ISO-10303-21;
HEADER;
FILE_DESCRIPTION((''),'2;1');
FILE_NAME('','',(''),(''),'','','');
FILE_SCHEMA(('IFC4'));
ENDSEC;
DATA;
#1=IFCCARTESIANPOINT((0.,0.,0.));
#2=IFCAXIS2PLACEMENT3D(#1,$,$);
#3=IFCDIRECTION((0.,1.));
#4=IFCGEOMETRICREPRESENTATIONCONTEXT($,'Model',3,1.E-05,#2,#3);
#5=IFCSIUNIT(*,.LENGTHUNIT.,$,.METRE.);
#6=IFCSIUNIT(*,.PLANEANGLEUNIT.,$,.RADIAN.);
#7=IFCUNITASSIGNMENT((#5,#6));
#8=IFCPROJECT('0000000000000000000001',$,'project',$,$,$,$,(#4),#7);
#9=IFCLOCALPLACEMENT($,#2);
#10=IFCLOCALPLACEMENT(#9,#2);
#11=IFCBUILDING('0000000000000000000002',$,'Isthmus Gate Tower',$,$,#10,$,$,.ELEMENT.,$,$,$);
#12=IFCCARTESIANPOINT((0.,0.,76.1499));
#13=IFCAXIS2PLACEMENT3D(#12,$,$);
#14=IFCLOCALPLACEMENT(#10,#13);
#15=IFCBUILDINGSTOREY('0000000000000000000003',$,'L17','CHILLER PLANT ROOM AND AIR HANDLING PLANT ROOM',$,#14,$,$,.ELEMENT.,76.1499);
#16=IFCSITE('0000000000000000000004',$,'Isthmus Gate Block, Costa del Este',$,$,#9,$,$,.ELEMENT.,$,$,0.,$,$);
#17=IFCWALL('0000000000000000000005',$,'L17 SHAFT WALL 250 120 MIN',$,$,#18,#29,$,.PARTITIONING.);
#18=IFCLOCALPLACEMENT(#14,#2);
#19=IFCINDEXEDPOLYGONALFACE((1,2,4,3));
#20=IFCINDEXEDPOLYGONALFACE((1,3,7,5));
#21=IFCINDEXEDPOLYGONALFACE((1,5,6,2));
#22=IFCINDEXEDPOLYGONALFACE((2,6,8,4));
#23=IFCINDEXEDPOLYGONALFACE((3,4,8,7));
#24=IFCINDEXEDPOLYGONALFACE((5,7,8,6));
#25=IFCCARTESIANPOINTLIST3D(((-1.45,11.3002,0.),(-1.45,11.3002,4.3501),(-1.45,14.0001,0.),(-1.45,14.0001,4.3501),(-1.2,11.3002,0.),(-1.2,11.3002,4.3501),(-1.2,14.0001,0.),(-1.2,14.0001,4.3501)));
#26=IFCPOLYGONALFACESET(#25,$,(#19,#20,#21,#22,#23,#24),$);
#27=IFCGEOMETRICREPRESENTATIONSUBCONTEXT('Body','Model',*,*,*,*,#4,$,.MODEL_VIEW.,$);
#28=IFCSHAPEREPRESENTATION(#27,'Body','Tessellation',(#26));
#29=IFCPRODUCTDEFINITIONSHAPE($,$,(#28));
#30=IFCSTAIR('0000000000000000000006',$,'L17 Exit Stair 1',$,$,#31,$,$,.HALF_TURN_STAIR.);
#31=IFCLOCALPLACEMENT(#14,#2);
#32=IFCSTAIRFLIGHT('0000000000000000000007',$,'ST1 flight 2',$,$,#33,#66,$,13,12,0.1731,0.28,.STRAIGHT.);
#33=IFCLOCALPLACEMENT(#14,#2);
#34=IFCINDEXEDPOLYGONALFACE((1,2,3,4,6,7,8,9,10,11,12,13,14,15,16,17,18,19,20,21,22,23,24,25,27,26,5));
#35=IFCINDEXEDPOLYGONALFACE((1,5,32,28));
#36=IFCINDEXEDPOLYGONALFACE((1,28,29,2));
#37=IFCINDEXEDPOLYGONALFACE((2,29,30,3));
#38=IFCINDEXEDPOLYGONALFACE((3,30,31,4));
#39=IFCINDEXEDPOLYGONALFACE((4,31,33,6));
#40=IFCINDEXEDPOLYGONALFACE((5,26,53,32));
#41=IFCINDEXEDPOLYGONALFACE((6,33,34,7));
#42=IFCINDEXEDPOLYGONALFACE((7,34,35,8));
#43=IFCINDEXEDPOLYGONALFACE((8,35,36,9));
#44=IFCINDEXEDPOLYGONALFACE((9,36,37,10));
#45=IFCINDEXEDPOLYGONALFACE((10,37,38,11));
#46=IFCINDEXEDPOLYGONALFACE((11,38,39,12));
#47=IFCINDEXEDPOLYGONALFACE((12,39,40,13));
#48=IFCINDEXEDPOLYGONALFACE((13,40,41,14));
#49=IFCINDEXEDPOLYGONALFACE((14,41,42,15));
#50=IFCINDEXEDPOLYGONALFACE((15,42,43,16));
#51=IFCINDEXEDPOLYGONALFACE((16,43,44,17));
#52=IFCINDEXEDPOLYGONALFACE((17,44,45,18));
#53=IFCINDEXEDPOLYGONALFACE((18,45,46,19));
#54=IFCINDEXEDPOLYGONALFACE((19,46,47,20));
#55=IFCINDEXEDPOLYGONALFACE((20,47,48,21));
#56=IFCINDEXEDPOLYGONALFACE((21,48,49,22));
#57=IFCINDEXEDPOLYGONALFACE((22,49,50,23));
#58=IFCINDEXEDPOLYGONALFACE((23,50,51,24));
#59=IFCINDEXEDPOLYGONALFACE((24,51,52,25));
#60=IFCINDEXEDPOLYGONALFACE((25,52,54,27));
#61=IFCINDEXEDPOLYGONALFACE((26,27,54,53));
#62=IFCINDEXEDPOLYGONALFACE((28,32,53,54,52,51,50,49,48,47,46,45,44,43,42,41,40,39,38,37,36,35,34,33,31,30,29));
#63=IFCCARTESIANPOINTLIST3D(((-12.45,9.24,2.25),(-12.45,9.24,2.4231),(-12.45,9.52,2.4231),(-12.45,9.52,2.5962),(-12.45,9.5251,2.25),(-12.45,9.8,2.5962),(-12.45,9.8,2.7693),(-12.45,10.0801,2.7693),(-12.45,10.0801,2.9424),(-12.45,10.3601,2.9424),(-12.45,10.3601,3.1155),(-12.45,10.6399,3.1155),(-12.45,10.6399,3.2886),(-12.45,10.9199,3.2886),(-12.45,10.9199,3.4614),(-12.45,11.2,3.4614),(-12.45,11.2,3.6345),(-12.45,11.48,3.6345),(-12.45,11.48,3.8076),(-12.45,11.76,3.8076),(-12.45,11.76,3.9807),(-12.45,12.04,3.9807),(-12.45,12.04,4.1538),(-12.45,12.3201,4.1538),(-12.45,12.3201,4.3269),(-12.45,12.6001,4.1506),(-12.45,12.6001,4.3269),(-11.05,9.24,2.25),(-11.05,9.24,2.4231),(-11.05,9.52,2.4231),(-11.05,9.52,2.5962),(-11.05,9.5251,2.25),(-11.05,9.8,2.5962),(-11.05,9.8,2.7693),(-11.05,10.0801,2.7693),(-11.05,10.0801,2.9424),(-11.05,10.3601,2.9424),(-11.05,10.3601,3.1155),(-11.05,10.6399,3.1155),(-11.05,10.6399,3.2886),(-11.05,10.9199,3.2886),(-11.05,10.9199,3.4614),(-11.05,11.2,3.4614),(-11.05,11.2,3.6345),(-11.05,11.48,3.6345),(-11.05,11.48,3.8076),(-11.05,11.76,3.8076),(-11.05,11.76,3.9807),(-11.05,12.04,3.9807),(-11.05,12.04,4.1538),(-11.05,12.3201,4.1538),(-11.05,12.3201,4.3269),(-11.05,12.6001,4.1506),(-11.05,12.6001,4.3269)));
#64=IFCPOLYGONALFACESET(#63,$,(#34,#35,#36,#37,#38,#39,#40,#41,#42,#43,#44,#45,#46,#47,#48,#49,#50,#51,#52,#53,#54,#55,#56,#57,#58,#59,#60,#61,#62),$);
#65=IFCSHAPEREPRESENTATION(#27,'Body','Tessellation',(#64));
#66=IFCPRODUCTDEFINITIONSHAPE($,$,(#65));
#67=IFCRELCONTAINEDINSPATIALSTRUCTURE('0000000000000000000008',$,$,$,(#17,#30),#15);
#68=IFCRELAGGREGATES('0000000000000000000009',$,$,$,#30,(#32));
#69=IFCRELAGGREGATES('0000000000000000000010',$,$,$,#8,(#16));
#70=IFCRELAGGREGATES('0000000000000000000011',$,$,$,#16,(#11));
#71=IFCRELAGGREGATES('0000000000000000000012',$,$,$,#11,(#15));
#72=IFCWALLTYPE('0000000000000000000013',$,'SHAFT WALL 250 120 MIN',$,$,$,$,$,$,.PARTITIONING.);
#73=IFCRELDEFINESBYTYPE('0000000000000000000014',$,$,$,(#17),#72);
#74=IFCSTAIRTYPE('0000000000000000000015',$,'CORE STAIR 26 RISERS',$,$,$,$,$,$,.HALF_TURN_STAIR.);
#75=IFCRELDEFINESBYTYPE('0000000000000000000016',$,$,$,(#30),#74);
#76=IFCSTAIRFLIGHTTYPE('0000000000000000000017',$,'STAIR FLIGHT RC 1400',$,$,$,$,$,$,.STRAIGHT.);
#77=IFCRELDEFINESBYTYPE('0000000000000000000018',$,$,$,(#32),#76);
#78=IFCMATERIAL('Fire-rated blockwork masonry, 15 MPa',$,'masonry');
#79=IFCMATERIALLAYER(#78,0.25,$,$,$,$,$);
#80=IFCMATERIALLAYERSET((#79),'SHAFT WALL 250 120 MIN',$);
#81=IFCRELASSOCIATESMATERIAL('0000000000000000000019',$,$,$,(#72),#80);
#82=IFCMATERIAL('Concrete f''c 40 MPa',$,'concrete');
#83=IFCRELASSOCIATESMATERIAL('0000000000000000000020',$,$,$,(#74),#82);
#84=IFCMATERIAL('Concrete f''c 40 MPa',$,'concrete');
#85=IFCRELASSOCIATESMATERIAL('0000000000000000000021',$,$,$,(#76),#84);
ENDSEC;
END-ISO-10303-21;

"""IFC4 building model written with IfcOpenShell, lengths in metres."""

from ifc_helpers import new_model, si_unit, direction, frame, frame_2d, origin, place, context, subcontext, project, spatial, polyline, rectangle, outline, extrude, material, layer, layer_set, type_object, element, aggregate, save


model = new_model("IFC4")

# Units and contexts
model_context = context("Model", 3, precision=1e-05, world=origin(), true_north=direction((0.0, 1.0)))
body_context = subcontext(model_context, "Body", "Model", "MODEL_VIEW")
ifc_project = project(units=[si_unit("LENGTHUNIT", "METRE"), si_unit("PLANEANGLEUNIT", "RADIAN")], contexts=[model_context])

# Site, building, storey
site_placement = place(None, origin())
site = spatial("IfcSite", under=ifc_project, at=site_placement, Name="Isthmus Gate Block, Costa del Este", CompositionType="ELEMENT", RefElevation=0.0)
building_placement = place(site_placement, origin())
building = spatial("IfcBuilding", under=site, at=building_placement, Name="Isthmus Gate Tower", CompositionType="ELEMENT")
storey_placement = place(building_placement, frame((0.0, 0.0, 76.1499)))
storey = spatial("IfcBuildingStorey", under=building, at=storey_placement, Name="L17", Description="CHILLER PLANT ROOM AND AIR HANDLING PLANT ROOM", CompositionType="ELEMENT", Elevation=76.1499)

# Wall
ifc_material_1 = material(Name="Fire-rated blockwork masonry, 15 MPa", Category="masonry")
ifc_layer_1 = layer(ifc_material_1, 0.25)
ifc_layer_set_1 = layer_set([ifc_layer_1], Name="SHAFT WALL 250 120 MIN")
wall_type_1 = type_object("IfcWallType", Name="SHAFT WALL 250 120 MIN", PredefinedType="PARTITIONING", material=ifc_layer_set_1)
for number, where, z_axis, x_axis, name in (
    (1, (-1.325, 11.3, 0.0), (0.0, 0.0, 1.0), (0.0, 1.0, 0.0), "L17 SHAFT WALL 250 120 MIN"),
):
    element("IfcWall", number, at=place(storey_placement, frame(where, z_axis=z_axis, x_axis=x_axis)), inside=storey, type_object=wall_type_1, Name=name, PredefinedType="PARTITIONING", context=body_context, shape_type="SweptSolid", body=[
        extrude(rectangle(XDim=2.7, YDim=0.25, at=frame_2d((1.3501, 0.0))), origin(), (0.0, 0.0, 1.0), 4.3501),
    ])

# Stair, stair flight
ifc_material_2 = material(Name="Concrete f'c 40 MPa", Category="concrete")
stair_type = type_object("IfcStairType", Name="CORE STAIR 26 RISERS", PredefinedType="HALF_TURN_STAIR", material=ifc_material_2)
stair_placement = place(storey_placement, origin())
stair = element("IfcStair", 2, at=stair_placement, inside=storey, type_object=stair_type, Name="L17 Exit Stair 1", PredefinedType="HALF_TURN_STAIR")
ifc_material_3 = material(Name="Concrete f'c 40 MPa", Category="concrete")
stair_flight_type = type_object("IfcStairFlightType", Name="STAIR FLIGHT RC 1400", PredefinedType="STRAIGHT", material=ifc_material_3)
stair_flight_placement = place(storey_placement, frame((-11.75, 9.24, 2.25), z_axis=(0.0, 0.0, 1.0), x_axis=(0.0, 1.0, 0.0)))
stair_flight = element("IfcStairFlight", 3, at=stair_flight_placement, type_object=stair_flight_type, Name="ST1 flight 2", NumberOfRisers=13, NumberOfTreads=12, PredefinedType="STRAIGHT", RiserHeight=0.1731, TreadLength=0.28, context=body_context, shape_type="SweptSolid", body=[
    extrude(outline(polyline([(0.0, 0.0), (0.0, 0.1731), (0.28, 0.1731), (0.28, 0.3462), (0.5601, 0.3462), (0.5601, 0.5193), (0.8401, 0.5193), (0.8401, 0.6924), (1.1201, 0.6924), (1.1201, 0.8655), (1.3999, 0.8655), (1.3999, 1.0386), (1.6799, 1.0386), (1.6799, 1.2114), (1.96, 1.2114), (1.96, 1.3845), (2.24, 1.3845), (2.24, 1.5576), (2.52, 1.5576), (2.52, 1.7307), (2.8, 1.7307), (2.8, 1.9038), (3.0801, 1.9038), (3.0801, 2.0769), (3.3601, 2.0769), (3.3601, 2.25), (3.3601, 1.9006), (0.2852, 0.0), (0.0, 0.0)])), frame((0.0, 0.7, 0.0), z_axis=(0.0, -1.0, 0.0), x_axis=(1.0, 0.0, 0.0)), (0.0, 0.0, 1.0), 1.3999),
])
aggregate(stair, [stair_flight])

save(model, "model.ifc")
